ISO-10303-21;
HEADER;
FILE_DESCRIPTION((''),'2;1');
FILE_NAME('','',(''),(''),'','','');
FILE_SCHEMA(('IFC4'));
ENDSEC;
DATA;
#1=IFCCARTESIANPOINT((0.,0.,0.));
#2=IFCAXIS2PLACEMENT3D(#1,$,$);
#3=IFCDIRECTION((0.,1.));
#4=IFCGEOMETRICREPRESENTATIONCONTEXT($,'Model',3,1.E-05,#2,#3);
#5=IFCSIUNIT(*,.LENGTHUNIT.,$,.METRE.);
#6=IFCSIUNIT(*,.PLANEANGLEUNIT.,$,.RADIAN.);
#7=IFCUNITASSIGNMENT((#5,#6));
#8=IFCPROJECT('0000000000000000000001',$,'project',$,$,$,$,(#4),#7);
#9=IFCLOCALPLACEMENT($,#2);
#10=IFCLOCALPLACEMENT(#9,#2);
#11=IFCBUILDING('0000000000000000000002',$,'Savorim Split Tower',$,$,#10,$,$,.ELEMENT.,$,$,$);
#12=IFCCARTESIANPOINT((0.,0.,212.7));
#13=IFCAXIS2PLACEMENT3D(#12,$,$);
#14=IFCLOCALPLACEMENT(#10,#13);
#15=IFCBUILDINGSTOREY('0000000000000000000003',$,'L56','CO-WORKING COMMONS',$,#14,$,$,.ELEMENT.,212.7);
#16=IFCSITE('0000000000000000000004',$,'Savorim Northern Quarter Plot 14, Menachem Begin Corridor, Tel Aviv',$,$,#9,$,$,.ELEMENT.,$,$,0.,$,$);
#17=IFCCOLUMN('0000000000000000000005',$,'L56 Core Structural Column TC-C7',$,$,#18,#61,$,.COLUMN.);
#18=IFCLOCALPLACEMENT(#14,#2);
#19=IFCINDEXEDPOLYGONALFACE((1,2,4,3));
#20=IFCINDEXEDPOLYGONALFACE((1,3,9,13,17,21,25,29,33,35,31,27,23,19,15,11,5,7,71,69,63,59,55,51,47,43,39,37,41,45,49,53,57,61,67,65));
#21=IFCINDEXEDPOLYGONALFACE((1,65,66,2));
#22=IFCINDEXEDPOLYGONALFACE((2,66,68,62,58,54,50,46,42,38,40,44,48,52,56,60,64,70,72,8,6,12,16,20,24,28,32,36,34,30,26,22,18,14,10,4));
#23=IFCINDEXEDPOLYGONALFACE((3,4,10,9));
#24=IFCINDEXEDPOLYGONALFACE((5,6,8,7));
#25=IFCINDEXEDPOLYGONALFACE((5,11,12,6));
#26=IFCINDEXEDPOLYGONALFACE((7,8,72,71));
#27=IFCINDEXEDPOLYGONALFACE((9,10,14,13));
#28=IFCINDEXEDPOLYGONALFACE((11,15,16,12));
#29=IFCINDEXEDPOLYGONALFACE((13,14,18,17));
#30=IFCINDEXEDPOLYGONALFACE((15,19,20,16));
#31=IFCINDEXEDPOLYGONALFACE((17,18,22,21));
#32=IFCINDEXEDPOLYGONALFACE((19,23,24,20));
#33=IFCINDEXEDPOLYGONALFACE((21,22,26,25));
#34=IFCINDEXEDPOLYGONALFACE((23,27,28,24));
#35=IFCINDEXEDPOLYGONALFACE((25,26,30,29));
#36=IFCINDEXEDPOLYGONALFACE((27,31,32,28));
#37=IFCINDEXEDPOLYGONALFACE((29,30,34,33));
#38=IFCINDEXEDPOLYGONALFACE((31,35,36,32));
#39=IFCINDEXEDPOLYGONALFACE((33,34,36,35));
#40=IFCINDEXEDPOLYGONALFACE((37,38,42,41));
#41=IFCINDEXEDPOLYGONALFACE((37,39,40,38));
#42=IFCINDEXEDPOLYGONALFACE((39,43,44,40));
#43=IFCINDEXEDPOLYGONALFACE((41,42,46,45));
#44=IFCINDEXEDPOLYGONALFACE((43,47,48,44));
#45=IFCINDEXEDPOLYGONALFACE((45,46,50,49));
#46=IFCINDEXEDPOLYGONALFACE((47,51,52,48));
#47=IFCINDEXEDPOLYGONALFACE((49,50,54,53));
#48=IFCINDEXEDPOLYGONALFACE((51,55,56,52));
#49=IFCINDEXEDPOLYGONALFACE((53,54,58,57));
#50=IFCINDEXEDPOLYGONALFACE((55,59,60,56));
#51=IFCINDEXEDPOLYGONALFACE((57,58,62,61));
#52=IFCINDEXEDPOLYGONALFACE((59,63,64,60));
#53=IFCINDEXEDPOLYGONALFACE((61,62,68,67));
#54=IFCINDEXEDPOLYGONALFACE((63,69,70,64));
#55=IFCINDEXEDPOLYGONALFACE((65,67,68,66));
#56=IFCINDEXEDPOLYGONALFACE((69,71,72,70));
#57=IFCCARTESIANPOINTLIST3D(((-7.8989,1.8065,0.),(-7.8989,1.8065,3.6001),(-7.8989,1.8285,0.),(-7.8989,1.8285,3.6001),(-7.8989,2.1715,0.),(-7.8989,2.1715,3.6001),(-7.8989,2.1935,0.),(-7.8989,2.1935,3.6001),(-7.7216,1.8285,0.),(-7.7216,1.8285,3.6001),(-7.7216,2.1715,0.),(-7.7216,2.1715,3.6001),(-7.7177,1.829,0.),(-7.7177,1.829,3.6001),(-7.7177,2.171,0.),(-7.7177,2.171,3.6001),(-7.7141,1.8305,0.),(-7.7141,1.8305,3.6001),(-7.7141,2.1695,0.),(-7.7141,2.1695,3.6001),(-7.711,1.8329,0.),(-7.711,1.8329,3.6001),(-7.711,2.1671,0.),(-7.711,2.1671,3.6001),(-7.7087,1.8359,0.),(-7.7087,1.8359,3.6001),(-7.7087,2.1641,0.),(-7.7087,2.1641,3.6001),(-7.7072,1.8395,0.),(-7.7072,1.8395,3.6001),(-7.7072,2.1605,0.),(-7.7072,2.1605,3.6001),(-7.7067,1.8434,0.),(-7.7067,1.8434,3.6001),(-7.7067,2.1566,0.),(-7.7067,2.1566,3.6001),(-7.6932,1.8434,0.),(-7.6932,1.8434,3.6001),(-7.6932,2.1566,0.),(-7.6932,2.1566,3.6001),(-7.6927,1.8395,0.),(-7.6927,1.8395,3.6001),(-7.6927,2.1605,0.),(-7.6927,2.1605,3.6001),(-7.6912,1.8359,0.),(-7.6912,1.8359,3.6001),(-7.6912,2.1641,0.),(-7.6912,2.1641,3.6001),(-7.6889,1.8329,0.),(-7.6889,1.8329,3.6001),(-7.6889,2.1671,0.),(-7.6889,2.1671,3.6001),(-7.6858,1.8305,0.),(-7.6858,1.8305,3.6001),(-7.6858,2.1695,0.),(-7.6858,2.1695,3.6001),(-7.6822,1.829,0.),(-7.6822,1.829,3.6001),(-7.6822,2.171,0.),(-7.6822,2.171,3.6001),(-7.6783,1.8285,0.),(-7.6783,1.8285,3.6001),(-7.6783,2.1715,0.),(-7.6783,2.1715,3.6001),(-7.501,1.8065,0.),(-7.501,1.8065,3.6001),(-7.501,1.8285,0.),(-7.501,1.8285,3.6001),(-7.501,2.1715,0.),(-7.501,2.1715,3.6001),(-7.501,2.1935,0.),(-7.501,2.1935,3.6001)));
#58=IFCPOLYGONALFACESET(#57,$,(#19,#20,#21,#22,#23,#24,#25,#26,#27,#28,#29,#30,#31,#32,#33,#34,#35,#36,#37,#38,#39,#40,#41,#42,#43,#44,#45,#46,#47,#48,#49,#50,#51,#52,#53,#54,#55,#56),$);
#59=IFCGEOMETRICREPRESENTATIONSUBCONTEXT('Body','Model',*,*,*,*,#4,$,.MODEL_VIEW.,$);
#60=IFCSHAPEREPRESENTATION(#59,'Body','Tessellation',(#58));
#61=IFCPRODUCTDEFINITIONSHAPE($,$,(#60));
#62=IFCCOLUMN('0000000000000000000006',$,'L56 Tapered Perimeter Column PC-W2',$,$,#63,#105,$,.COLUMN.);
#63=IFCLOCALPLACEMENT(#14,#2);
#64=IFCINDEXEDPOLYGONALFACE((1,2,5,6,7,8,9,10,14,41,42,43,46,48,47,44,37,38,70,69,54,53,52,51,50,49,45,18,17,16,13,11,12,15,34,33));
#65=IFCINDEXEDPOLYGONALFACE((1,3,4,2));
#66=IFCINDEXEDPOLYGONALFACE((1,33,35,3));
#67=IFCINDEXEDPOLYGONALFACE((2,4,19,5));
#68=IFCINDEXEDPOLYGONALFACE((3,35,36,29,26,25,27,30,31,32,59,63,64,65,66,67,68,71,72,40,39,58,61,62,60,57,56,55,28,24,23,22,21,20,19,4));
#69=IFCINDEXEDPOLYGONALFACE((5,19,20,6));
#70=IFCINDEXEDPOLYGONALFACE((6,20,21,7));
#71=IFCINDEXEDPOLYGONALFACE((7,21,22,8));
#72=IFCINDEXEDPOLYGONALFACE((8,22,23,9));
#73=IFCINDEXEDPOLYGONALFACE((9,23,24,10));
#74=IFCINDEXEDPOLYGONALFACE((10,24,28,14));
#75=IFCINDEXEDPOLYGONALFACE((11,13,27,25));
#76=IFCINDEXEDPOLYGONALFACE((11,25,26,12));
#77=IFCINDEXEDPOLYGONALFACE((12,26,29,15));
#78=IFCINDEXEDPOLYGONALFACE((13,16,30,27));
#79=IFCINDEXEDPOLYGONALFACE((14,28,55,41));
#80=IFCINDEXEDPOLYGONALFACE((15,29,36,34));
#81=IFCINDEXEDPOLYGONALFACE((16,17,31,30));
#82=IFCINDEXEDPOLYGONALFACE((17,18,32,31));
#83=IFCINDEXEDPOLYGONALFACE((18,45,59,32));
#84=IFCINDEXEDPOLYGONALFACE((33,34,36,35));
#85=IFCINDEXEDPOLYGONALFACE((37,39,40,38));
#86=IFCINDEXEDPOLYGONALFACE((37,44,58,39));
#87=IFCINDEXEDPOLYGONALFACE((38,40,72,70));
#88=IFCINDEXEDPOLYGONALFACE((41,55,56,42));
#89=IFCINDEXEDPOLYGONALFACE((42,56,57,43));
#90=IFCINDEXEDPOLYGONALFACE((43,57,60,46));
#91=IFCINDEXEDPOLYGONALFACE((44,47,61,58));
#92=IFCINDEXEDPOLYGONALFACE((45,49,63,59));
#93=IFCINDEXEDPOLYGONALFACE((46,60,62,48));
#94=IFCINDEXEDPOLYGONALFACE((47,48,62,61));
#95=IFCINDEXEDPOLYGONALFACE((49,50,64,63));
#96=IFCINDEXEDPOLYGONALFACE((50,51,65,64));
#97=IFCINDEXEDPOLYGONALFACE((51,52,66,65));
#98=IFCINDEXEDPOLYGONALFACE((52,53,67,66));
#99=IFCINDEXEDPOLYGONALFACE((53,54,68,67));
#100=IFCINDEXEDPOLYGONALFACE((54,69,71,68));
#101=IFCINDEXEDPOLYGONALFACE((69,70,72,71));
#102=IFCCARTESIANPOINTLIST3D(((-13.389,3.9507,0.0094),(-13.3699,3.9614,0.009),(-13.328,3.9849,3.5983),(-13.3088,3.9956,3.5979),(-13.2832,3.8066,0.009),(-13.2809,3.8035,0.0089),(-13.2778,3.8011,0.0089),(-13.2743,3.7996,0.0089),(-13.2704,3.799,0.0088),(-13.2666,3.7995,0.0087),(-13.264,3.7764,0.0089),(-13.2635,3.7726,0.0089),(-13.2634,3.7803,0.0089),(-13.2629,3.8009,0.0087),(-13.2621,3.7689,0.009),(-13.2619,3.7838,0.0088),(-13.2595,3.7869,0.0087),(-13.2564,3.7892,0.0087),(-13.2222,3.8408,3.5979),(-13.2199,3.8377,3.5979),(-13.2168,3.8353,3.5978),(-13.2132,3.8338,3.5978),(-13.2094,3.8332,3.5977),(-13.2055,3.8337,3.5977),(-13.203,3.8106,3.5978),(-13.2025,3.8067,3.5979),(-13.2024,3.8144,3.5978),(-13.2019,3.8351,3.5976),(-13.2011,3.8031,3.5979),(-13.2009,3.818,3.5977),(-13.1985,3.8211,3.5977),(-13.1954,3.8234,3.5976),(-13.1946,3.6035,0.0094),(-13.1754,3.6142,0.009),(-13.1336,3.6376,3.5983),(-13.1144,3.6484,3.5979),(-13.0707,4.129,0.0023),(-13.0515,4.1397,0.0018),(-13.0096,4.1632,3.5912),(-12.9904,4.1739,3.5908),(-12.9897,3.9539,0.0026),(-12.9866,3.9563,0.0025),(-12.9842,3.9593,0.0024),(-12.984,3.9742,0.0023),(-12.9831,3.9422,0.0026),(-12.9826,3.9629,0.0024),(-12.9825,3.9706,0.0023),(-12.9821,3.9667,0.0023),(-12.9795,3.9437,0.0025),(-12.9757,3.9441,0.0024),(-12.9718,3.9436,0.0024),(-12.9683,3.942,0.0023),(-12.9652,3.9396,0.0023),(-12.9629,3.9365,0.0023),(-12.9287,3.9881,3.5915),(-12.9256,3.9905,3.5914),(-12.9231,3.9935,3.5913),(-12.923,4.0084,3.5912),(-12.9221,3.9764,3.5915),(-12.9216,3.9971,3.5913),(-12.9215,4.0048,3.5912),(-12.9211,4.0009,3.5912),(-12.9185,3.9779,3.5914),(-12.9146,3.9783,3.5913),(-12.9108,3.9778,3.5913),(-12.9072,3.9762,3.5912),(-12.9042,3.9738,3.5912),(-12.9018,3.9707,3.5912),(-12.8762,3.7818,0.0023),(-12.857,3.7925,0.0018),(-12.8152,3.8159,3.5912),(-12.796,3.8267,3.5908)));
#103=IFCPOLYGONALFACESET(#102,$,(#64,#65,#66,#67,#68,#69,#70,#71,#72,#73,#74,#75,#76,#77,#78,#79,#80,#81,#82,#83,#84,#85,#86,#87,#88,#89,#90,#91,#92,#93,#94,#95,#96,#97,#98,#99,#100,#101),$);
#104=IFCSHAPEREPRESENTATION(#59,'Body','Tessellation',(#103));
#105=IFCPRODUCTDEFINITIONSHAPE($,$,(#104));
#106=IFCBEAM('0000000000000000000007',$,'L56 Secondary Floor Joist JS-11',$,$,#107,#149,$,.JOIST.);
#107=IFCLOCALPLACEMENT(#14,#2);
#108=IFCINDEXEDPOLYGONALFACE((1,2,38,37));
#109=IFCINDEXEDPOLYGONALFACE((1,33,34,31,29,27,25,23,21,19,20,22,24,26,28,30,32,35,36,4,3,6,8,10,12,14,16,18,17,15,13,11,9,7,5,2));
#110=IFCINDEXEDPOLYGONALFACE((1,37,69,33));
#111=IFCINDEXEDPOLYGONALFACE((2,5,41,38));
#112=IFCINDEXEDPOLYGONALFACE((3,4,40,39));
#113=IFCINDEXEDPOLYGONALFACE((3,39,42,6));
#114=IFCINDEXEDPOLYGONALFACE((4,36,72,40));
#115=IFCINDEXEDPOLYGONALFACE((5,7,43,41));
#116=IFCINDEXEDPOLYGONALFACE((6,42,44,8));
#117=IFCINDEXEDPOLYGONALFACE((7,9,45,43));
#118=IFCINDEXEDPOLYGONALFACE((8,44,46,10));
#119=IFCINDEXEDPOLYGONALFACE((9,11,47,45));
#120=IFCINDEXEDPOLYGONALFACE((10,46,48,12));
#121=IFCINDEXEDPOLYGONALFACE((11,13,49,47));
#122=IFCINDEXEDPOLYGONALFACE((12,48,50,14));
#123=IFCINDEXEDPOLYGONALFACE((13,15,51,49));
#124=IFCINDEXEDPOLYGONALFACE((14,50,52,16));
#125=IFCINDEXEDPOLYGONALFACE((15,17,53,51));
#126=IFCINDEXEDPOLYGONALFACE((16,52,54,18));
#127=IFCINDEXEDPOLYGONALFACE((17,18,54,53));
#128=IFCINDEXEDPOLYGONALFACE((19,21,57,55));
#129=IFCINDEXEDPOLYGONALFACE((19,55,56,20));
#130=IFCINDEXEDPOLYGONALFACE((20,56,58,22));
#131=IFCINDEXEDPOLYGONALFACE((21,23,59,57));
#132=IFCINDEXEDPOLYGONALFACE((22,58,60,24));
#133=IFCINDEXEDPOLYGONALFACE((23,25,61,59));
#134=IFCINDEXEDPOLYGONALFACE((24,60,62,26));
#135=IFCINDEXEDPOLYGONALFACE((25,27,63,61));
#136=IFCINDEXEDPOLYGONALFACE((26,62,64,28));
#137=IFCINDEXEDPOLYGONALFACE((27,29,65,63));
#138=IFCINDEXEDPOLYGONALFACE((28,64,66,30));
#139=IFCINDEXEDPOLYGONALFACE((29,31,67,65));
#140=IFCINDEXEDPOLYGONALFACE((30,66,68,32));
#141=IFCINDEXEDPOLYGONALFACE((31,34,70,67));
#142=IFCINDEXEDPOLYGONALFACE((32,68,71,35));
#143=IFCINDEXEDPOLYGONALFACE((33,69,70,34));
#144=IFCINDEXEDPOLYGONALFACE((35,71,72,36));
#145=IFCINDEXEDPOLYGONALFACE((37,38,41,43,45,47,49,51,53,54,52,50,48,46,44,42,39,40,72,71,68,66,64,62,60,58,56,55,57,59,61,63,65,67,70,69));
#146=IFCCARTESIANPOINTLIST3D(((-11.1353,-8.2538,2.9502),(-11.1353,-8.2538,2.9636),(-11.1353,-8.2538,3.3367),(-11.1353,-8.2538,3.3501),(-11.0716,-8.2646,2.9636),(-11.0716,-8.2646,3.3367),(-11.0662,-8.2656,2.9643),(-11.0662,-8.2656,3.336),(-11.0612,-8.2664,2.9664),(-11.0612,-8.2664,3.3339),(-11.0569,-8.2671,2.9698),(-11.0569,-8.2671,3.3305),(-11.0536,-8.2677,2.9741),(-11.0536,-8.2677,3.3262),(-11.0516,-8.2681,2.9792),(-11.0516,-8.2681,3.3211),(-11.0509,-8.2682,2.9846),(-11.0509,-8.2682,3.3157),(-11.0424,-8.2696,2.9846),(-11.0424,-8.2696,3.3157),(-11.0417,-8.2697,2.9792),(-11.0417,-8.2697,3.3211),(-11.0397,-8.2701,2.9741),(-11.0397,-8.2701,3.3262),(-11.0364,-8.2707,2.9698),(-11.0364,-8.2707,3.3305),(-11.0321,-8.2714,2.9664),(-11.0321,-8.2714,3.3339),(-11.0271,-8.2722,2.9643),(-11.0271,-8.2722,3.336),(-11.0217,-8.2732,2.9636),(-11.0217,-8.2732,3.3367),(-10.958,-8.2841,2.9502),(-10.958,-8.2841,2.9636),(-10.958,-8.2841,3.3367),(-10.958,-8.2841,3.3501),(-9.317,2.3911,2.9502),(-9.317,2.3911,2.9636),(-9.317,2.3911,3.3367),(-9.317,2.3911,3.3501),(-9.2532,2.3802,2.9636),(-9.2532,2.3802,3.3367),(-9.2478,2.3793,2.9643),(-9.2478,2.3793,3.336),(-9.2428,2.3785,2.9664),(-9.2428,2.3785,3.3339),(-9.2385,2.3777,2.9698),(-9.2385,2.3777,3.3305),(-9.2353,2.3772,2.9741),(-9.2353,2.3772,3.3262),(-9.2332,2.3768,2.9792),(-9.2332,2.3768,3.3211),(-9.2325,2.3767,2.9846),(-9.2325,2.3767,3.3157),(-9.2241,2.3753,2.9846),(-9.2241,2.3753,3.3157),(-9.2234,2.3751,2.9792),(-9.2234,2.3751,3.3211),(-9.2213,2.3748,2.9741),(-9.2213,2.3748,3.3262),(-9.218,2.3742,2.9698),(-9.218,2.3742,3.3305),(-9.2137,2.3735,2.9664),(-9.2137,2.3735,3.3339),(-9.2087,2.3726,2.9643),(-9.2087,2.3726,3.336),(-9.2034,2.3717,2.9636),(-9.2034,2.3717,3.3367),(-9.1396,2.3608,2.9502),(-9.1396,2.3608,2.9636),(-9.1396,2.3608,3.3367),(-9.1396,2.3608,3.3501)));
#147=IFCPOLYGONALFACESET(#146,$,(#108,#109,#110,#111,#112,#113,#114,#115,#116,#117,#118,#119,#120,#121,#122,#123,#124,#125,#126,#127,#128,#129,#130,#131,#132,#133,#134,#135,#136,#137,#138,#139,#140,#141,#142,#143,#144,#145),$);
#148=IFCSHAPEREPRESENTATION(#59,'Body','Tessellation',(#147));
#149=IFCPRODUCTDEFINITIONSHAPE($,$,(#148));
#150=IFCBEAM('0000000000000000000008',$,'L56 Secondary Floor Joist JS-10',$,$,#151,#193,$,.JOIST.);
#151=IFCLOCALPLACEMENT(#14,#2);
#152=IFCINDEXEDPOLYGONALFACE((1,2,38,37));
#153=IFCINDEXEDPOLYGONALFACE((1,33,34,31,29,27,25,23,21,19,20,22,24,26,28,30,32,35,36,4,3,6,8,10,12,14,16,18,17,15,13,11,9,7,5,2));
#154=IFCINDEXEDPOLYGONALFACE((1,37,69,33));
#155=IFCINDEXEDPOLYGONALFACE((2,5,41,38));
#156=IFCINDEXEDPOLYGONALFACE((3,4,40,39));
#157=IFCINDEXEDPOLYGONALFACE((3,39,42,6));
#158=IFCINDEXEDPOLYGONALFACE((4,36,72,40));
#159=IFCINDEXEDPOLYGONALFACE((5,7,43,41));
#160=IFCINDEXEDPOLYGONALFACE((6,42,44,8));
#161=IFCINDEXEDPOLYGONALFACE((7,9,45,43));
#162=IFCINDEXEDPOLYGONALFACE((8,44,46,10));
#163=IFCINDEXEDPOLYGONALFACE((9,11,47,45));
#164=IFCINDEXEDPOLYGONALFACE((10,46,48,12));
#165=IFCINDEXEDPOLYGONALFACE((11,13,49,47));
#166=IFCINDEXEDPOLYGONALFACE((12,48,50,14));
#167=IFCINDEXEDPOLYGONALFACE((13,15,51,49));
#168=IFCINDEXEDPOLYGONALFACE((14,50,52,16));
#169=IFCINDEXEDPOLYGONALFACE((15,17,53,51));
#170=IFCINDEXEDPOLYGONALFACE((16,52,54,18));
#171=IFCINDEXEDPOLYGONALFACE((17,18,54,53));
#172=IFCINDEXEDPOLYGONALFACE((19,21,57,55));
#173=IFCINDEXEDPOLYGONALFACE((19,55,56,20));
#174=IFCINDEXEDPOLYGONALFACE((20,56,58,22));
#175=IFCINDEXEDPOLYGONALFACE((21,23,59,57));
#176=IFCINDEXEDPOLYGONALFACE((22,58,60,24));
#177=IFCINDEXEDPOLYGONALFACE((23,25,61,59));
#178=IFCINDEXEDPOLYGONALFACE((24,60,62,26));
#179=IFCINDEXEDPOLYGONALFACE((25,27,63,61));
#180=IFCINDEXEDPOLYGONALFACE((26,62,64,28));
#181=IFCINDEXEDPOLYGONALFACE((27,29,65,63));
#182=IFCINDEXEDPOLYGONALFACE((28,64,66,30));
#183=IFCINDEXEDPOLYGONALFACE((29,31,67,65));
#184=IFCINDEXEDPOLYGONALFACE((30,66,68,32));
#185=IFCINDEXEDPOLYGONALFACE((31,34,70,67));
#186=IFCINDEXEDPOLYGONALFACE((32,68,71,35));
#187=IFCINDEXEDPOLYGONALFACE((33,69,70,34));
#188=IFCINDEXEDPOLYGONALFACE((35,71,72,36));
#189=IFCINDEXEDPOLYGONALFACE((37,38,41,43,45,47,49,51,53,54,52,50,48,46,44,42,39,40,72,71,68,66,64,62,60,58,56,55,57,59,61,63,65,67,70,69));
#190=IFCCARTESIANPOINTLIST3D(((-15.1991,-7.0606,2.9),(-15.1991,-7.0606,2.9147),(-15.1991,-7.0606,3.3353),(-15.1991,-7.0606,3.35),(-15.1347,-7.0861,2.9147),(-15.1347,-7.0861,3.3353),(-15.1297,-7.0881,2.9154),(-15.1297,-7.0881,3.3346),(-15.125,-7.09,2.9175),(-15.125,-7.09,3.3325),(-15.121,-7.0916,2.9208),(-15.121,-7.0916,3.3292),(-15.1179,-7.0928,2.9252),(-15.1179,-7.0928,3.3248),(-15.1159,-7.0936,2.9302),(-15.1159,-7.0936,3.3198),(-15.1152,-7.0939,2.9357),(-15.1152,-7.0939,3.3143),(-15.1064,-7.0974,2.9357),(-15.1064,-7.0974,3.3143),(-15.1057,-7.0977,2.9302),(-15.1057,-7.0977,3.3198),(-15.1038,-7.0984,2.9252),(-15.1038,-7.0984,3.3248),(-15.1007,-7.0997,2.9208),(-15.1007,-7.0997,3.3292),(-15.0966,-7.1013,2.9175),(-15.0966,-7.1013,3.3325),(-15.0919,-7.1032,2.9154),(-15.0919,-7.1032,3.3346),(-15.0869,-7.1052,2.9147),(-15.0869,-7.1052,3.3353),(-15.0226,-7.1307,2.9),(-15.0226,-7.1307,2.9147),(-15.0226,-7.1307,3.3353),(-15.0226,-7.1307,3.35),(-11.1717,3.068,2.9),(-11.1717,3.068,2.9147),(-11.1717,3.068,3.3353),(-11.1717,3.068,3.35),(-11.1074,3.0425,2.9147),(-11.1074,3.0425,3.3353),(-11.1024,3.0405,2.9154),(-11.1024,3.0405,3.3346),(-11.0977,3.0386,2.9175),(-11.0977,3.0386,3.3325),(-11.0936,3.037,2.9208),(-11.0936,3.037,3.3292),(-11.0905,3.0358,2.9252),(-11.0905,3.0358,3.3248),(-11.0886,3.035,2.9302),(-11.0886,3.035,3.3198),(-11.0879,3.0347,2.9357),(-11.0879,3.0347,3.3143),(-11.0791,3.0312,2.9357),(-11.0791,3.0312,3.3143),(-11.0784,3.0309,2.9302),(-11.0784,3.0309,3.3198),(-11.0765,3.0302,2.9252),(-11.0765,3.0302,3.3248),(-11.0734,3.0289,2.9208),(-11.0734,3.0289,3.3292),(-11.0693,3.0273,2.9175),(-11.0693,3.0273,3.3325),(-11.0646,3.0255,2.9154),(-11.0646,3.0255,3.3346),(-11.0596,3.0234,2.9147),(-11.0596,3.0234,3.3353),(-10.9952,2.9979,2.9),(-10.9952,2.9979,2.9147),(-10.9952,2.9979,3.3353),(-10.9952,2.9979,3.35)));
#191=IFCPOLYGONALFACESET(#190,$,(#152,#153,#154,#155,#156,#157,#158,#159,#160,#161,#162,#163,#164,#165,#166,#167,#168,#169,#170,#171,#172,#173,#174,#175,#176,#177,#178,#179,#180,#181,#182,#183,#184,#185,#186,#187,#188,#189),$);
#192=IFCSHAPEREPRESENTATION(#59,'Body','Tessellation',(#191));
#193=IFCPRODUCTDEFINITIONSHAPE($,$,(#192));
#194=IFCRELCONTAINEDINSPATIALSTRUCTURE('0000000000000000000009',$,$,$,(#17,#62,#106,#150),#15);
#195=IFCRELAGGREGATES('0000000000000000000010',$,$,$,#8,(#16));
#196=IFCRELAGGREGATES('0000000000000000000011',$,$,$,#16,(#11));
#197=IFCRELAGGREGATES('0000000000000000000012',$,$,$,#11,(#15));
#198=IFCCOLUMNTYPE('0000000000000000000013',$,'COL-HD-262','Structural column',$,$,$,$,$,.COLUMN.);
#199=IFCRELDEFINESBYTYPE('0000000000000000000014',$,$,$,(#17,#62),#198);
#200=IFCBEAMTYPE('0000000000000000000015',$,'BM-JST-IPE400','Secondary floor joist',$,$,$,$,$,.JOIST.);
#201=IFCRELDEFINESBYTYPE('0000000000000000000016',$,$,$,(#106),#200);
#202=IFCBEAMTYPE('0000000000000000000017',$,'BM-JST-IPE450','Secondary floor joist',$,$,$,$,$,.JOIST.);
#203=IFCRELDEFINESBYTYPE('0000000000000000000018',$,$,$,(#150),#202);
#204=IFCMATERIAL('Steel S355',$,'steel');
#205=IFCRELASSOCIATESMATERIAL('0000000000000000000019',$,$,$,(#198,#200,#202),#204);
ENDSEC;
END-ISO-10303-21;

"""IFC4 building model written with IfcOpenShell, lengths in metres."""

from ifc_helpers import new_model, si_unit, direction, frame, origin, origin_2d, place, context, subcontext, project, spatial, i_section, extrude, material, material_profile, profile_set, type_object, element, save


model = new_model("IFC4")

# Units and contexts
model_context = context("Model", 3, precision=1e-05, world=origin(), true_north=direction((0.0, 1.0)))
body_context = subcontext(model_context, "Body", "Model", "MODEL_VIEW")
ifc_project = project(units=[si_unit("LENGTHUNIT", "METRE"), si_unit("PLANEANGLEUNIT", "RADIAN")], contexts=[model_context])

# Site, building, storey
site_placement = place(None, origin())
site = spatial("IfcSite", under=ifc_project, at=site_placement, Name="Savorim Northern Quarter Plot 14, Menachem Begin Corridor, Tel Aviv", CompositionType="ELEMENT", RefElevation=0.0)
building_placement = place(site_placement, origin())
building = spatial("IfcBuilding", under=site, at=building_placement, Name="Savorim Split Tower", CompositionType="ELEMENT")
storey_placement = place(building_placement, frame((0.0, 0.0, 212.7)))
storey = spatial("IfcBuildingStorey", under=building, at=storey_placement, Name="L56", Description="CO-WORKING COMMONS", CompositionType="ELEMENT", Elevation=212.7)

# Columns
ifc_material_1 = material(Name="Steel S355", Category="steel")
ifc_material_profile_1 = material_profile(ifc_material_1, i_section(OverallWidth=0.3979, OverallDepth=0.387, WebThickness=0.0134, FlangeThickness=0.022, FilletRadius=0.0149, at=origin_2d()), Name="HD 400x262")
ifc_profile_set_1 = profile_set([ifc_material_profile_1], Name="Steel S355")
column_type = type_object("IfcColumnType", Name="COL-HD-262", Description="Structural column", PredefinedType="COLUMN", material=ifc_profile_set_1)
column_1_placement = place(storey_placement, frame((-7.7, 2.0, 0.0), z_axis=(0.0, 0.0, 1.0), x_axis=(1.0, 0.0, 0.0)))
element("IfcColumn", 1, at=column_1_placement, inside=storey, type_object=column_type, Name="L56 Core Structural Column TC-C7", PredefinedType="COLUMN", context=body_context, shape_type="SweptSolid", body=[
    extrude(i_section(OverallWidth=0.3979, OverallDepth=0.387, WebThickness=0.0134, FlangeThickness=0.022, FilletRadius=0.0149, at=origin_2d()), origin(), (0.0, 0.0, 1.0), 3.6001),
])
column_2_placement = place(storey_placement, frame((-13.123, 3.8716, 0.0056), z_axis=(0.017004, 0.009522, 0.99981), x_axis=(-0.488603, 0.872506, 0.0)))
element("IfcColumn", 2, at=column_2_placement, inside=storey, type_object=column_type, Name="L56 Tapered Perimeter Column PC-W2", PredefinedType="COLUMN", context=body_context, shape_type="SweptSolid", body=[
    extrude(i_section(OverallWidth=0.3979, OverallDepth=0.387, WebThickness=0.0134, FlangeThickness=0.022, FilletRadius=0.0149, at=origin_2d()), origin(), (0.0, 0.0, 1.0), 3.5896),
])

# Beams
ifc_material_profile_2 = material_profile(ifc_material_1, i_section(OverallWidth=0.1799, OverallDepth=0.3999, WebThickness=0.0085, FlangeThickness=0.0134, FilletRadius=0.021, at=origin_2d()), Name="IPE 400")
ifc_profile_set_2 = profile_set([ifc_material_profile_2], Name="Steel S355")
beam_type_1 = type_object("IfcBeamType", Name="BM-JST-IPE400", Description="Secondary floor joist", PredefinedType="JOIST", material=ifc_profile_set_2)
beam_1_placement = place(storey_placement, frame((-9.2283, 2.376, 3.1501), z_axis=(-0.168383, -0.985722, 0.0), x_axis=(0.985722, -0.168383, 0.0)))
element("IfcBeam", 3, at=beam_1_placement, inside=storey, type_object=beam_type_1, Name="L56 Secondary Floor Joist JS-11", PredefinedType="JOIST", context=body_context, shape_type="SweptSolid", body=[
    extrude(i_section(OverallWidth=0.1799, OverallDepth=0.3999, WebThickness=0.0085, FlangeThickness=0.0134, FilletRadius=0.021, at=origin_2d()), origin(), (0.0, 0.0, 1.0), 10.7991),
])
ifc_material_profile_3 = material_profile(ifc_material_1, i_section(OverallWidth=0.1899, OverallDepth=0.45, WebThickness=0.0095, FlangeThickness=0.0146, FilletRadius=0.021, at=origin_2d()), Name="IPE 450")
ifc_profile_set_3 = profile_set([ifc_material_profile_3], Name="Steel S355")
beam_type_2 = type_object("IfcBeamType", Name="BM-JST-IPE450", Description="Secondary floor joist", PredefinedType="JOIST", material=ifc_profile_set_3)
beam_2_placement = place(storey_placement, frame((-11.0835, 3.033, 3.125), z_axis=(-0.369482, -0.929238, 0.0), x_axis=(0.929238, -0.369482, 0.0)))
element("IfcBeam", 4, at=beam_2_placement, inside=storey, type_object=beam_type_2, Name="L56 Secondary Floor Joist JS-10", PredefinedType="JOIST", context=body_context, shape_type="SweptSolid", body=[
    extrude(i_section(OverallWidth=0.1899, OverallDepth=0.45, WebThickness=0.0095, FlangeThickness=0.0146, FilletRadius=0.021, at=origin_2d()), origin(), (0.0, 0.0, 1.0), 10.8999),
])

save(model, "model.ifc")
